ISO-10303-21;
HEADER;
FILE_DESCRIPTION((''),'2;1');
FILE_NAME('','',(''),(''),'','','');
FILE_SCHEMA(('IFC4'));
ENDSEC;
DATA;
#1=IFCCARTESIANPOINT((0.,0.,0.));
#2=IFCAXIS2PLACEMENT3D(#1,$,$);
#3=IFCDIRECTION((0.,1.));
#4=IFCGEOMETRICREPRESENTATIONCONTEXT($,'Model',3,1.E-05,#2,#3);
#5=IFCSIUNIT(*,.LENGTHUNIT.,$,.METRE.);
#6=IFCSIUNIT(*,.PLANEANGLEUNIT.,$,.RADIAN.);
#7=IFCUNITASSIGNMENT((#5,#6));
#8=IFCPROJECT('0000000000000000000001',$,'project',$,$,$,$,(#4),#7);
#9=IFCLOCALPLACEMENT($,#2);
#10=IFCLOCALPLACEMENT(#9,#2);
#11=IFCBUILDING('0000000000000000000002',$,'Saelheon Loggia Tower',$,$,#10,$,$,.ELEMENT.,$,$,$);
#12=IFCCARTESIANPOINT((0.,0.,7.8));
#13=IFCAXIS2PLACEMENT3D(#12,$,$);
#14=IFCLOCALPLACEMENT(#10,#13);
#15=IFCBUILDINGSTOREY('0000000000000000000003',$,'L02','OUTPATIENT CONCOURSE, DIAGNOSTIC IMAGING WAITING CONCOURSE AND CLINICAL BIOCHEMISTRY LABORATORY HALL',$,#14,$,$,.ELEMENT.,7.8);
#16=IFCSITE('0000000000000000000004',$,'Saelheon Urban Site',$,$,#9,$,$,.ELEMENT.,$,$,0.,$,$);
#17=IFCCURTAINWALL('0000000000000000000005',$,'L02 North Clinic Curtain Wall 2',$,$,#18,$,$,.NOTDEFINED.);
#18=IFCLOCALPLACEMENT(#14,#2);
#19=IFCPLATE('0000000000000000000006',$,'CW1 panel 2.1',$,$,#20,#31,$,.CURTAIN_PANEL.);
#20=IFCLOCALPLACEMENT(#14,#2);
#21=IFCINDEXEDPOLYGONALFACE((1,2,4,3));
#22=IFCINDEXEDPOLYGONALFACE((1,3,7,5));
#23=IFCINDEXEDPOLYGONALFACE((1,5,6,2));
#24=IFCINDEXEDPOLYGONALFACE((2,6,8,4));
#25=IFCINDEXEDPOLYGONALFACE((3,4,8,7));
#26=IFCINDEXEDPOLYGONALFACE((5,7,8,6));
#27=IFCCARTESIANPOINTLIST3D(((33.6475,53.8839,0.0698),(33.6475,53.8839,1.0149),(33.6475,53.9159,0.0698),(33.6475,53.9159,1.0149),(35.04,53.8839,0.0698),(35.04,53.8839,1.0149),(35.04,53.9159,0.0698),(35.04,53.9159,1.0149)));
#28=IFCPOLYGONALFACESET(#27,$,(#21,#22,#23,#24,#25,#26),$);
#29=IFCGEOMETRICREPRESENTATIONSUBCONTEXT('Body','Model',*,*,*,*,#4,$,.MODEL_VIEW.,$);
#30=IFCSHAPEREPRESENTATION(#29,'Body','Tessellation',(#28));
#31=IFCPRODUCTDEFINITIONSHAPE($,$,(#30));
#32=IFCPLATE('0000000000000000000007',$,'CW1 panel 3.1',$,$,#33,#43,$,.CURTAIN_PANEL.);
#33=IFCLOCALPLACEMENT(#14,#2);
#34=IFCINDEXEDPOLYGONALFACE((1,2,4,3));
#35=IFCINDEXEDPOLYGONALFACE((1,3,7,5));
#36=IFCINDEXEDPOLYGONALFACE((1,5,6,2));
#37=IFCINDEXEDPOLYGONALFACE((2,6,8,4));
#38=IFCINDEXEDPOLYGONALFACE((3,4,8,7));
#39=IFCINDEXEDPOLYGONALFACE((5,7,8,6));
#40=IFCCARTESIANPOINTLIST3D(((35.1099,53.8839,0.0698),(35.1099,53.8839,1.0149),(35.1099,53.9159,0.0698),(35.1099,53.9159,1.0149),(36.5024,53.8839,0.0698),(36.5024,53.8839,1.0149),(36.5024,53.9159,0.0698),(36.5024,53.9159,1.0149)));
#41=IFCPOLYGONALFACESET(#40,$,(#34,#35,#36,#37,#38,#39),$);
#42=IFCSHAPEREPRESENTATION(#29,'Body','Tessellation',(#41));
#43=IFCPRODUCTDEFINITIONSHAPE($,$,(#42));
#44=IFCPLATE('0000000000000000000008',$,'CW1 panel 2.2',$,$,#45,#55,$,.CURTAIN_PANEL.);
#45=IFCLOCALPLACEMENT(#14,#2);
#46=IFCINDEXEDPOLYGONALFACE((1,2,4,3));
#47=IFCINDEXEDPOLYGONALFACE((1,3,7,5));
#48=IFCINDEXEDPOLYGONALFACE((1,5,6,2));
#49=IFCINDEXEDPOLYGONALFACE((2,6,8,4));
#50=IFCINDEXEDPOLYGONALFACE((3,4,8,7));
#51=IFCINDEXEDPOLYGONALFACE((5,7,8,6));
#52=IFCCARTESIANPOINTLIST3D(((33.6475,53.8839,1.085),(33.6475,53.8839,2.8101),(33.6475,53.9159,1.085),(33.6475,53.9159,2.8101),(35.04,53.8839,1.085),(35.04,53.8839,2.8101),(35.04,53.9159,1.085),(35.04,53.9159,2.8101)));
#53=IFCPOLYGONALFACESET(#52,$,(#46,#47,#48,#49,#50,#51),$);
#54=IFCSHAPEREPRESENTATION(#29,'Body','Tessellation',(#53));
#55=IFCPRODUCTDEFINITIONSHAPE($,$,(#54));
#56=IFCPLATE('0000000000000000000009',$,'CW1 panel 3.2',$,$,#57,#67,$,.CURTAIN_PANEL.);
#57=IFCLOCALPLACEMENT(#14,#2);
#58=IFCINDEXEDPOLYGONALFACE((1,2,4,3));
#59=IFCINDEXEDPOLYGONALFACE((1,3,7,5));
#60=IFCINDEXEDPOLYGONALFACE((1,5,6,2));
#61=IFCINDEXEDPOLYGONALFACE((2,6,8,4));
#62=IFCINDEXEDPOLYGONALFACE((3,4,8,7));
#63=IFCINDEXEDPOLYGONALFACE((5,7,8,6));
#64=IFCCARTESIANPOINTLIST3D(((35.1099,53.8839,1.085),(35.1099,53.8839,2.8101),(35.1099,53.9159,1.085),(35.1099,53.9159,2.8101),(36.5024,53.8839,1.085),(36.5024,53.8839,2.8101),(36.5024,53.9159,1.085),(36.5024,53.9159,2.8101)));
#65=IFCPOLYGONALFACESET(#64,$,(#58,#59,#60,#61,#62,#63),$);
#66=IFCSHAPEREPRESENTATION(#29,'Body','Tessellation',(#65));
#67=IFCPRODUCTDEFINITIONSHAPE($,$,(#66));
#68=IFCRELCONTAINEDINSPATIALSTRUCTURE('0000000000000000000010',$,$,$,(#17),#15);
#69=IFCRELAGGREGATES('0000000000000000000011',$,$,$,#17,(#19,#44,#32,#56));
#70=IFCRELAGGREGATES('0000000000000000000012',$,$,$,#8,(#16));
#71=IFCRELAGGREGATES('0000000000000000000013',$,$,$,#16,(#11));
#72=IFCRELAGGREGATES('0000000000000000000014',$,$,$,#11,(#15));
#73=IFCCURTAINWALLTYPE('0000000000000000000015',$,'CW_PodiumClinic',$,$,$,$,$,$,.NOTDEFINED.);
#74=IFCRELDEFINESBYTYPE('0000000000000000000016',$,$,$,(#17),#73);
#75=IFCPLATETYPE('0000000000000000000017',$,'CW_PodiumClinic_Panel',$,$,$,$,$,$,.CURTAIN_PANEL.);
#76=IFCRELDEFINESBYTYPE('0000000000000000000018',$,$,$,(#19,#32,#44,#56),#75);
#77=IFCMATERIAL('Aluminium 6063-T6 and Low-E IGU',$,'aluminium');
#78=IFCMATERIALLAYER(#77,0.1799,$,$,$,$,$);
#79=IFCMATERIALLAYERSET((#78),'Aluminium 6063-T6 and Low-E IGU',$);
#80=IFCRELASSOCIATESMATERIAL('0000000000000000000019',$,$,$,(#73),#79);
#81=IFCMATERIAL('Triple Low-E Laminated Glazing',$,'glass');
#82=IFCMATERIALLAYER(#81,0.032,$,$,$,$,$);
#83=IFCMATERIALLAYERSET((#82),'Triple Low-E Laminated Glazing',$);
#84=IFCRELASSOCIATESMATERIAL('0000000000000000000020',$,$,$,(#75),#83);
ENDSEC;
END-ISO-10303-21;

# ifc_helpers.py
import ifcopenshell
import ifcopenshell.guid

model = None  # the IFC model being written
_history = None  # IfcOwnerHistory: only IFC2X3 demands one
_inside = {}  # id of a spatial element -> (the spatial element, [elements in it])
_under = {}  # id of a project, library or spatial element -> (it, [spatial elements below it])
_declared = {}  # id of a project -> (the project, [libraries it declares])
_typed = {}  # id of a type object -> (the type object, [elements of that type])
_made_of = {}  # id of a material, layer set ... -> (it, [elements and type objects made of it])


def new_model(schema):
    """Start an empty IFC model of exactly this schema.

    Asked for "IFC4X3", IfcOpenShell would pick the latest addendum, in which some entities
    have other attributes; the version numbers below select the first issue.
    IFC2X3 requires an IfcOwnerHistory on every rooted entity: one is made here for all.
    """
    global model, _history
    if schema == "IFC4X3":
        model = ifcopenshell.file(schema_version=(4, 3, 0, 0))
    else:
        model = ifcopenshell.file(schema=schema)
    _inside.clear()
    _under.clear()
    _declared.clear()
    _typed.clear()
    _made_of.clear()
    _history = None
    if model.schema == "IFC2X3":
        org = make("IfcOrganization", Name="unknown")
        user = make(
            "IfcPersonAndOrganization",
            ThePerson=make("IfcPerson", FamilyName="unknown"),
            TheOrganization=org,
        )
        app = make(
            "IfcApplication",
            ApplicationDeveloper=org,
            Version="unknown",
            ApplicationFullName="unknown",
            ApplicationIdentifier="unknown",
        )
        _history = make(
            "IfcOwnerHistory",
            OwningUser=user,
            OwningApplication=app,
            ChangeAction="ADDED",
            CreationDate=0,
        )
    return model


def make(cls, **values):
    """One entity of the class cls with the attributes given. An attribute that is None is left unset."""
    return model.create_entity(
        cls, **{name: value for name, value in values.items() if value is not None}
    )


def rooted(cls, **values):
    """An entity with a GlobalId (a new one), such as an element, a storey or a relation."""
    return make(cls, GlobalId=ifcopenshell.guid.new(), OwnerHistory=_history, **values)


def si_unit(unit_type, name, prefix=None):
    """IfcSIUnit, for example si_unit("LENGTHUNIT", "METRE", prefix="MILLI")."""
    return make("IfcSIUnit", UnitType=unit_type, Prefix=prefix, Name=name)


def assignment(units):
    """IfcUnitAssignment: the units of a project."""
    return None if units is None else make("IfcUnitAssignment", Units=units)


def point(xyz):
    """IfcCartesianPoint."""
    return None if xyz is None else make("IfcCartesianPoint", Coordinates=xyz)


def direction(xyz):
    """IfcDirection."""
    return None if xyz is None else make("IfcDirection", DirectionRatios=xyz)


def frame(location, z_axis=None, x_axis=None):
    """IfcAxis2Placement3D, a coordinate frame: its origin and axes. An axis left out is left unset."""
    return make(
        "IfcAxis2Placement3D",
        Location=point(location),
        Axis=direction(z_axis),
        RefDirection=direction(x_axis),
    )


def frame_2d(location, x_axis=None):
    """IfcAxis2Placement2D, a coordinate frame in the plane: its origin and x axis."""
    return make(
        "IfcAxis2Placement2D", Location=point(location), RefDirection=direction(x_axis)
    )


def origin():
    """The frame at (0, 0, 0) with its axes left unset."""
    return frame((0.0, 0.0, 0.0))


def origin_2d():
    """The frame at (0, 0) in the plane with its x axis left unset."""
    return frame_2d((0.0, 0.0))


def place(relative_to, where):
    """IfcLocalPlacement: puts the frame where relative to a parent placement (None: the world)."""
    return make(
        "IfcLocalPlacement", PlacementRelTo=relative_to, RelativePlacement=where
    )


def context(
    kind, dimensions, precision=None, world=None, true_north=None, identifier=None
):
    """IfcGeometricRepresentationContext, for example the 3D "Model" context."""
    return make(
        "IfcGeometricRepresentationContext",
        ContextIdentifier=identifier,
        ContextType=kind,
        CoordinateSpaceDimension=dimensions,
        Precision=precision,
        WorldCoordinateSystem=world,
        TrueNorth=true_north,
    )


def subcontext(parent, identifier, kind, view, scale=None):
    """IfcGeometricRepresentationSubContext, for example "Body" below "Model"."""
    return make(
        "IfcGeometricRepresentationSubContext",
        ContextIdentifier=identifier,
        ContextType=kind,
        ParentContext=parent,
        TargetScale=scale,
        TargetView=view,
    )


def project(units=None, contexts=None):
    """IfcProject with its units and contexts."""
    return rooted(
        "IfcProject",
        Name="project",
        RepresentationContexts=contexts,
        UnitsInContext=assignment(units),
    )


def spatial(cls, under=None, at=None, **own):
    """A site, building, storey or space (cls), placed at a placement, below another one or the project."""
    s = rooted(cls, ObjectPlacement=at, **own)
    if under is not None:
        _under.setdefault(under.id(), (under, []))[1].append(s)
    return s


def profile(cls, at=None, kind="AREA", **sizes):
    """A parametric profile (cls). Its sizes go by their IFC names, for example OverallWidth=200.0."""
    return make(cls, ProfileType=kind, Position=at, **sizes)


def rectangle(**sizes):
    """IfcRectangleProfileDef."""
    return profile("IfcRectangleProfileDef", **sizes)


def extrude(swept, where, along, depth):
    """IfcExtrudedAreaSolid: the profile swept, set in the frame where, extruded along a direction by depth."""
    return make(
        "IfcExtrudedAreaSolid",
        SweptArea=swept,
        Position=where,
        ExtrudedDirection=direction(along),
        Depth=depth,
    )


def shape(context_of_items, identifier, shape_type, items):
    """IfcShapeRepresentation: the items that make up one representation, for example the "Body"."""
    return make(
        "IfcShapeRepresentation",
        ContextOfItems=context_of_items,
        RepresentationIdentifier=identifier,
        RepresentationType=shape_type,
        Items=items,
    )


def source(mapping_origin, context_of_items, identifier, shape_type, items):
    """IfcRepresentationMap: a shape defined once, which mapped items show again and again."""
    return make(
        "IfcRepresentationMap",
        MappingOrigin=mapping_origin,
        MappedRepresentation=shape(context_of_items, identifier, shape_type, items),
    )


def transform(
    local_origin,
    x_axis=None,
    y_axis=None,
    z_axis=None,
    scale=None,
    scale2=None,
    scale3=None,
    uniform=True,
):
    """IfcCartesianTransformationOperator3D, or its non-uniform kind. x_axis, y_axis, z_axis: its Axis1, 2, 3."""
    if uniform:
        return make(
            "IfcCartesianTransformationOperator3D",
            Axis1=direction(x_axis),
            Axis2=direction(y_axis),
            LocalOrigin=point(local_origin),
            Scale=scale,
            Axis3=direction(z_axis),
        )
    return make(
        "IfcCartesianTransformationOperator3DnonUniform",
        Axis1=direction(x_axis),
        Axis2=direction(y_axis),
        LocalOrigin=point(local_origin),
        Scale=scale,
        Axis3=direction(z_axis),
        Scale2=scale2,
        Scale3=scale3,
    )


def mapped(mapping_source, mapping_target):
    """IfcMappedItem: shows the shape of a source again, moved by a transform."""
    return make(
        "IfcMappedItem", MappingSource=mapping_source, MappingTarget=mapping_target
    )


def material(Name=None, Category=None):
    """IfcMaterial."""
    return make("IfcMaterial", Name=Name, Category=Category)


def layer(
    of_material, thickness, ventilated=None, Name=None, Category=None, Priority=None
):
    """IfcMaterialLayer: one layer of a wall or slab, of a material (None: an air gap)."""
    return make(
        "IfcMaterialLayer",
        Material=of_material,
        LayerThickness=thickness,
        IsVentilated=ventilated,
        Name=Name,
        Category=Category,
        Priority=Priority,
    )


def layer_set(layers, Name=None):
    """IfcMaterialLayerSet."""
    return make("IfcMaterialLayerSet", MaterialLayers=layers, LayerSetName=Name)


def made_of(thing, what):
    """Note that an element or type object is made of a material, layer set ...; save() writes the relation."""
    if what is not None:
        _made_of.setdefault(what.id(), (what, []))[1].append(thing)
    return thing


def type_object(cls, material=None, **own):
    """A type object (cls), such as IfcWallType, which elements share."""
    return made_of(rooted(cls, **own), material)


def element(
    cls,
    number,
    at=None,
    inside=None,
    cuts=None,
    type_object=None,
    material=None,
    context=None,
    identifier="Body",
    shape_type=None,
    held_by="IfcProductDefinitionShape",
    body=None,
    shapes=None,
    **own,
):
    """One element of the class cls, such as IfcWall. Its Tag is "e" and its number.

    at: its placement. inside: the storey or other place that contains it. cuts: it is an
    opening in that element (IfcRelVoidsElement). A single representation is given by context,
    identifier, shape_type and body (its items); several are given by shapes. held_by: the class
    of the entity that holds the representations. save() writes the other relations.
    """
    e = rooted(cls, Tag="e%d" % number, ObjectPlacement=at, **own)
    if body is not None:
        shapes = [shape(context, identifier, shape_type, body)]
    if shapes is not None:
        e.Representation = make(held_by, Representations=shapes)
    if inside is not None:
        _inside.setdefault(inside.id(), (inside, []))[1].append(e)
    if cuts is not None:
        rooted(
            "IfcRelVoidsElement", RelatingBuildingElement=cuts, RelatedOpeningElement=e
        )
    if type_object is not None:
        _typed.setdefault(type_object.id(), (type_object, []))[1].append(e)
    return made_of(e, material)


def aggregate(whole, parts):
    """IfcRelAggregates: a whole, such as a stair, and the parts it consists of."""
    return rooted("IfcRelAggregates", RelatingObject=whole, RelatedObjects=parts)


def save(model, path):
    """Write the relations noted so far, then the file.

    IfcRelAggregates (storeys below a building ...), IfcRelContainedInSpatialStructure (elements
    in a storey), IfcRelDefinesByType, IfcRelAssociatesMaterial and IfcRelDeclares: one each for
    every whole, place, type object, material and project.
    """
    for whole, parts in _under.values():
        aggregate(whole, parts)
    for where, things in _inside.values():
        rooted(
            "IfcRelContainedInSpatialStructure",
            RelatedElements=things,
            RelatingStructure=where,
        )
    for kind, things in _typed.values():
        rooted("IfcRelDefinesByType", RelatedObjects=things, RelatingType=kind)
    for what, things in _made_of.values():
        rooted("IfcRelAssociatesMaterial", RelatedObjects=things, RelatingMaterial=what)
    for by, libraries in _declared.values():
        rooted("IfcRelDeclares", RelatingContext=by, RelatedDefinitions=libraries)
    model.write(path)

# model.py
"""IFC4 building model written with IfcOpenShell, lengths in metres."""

from ifc_helpers import new_model, si_unit, direction, frame, origin, origin_2d, place, context, subcontext, project, spatial, rectangle, extrude, source, transform, mapped, material, layer, layer_set, type_object, element, aggregate, save


model = new_model("IFC4")

# Units and contexts
model_context = context("Model", 3, precision=1e-05, world=origin(), true_north=direction((0.0, 1.0)))
body_context = subcontext(model_context, "Body", "Model", "MODEL_VIEW")
ifc_project = project(units=[si_unit("LENGTHUNIT", "METRE"), si_unit("PLANEANGLEUNIT", "RADIAN")], contexts=[model_context])

# Site, building, storey
site_placement = place(None, origin())
site = spatial("IfcSite", under=ifc_project, at=site_placement, Name="Saelheon Urban Site", CompositionType="ELEMENT", RefElevation=0.0)
building_placement = place(site_placement, origin())
building = spatial("IfcBuilding", under=site, at=building_placement, Name="Saelheon Loggia Tower", CompositionType="ELEMENT")
storey_placement = place(building_placement, frame((0.0, 0.0, 7.8)))
storey = spatial("IfcBuildingStorey", under=building, at=storey_placement, Name="L02", Description="OUTPATIENT CONCOURSE, DIAGNOSTIC IMAGING WAITING CONCOURSE AND CLINICAL BIOCHEMISTRY LABORATORY HALL", CompositionType="ELEMENT", Elevation=7.8)

# Curtain wall
ifc_material_1 = material(Name="Aluminium 6063-T6 and Low-E IGU", Category="aluminium")
ifc_layer_1 = layer(ifc_material_1, 0.1799)
ifc_layer_set_1 = layer_set([ifc_layer_1], Name="Aluminium 6063-T6 and Low-E IGU")
curtain_wall_type = type_object("IfcCurtainWallType", Name="CW_PodiumClinic", PredefinedType="NOTDEFINED", material=ifc_layer_set_1)
curtain_wall_1_placement = place(storey_placement, origin())
curtain_wall_1 = element("IfcCurtainWall", 1, at=curtain_wall_1_placement, inside=storey, type_object=curtain_wall_type, Name="L02 North Clinic Curtain Wall 2", PredefinedType="NOTDEFINED")

# Plates
ifc_material_2 = material(Name="Triple Low-E Laminated Glazing", Category="glass")
ifc_layer_2 = layer(ifc_material_2, 0.032)
ifc_layer_set_2 = layer_set([ifc_layer_2], Name="Triple Low-E Laminated Glazing")
plate_type = type_object("IfcPlateType", Name="CW_PodiumClinic_Panel", PredefinedType="CURTAIN_PANEL", material=ifc_layer_set_2)
shared_shape_1 = source(origin(), body_context, "Body", "SweptSolid", [
    extrude(rectangle(XDim=1.3926, YDim=0.032, at=origin_2d()), origin(), (0.0, 0.0, 1.0), 0.9451),
])
plate_1_placement = place(storey_placement, frame((34.3438, 53.8999, 0.0698), z_axis=(0.0, 0.0, 1.0), x_axis=(1.0, 0.0, 0.0)))
plate_1 = element("IfcPlate", 2, at=plate_1_placement, type_object=plate_type, Name="CW1 panel 2.1", PredefinedType="CURTAIN_PANEL", context=body_context, shape_type="MappedRepresentation", body=[
    mapped(shared_shape_1, transform((0.0, 0.0, 0.0), scale=1.0)),
])
plate_2_placement = place(storey_placement, frame((35.8062, 53.8999, 0.0698), z_axis=(0.0, 0.0, 1.0), x_axis=(1.0, 0.0, 0.0)))
plate_2 = element("IfcPlate", 3, at=plate_2_placement, type_object=plate_type, Name="CW1 panel 3.1", PredefinedType="CURTAIN_PANEL", context=body_context, shape_type="MappedRepresentation", body=[
    mapped(shared_shape_1, transform((0.0, 0.0, 0.0), scale=1.0)),
])
shared_shape_2 = source(origin(), body_context, "Body", "SweptSolid", [
    extrude(rectangle(XDim=1.3926, YDim=0.032, at=origin_2d()), origin(), (0.0, 0.0, 1.0), 1.7251),
])
plate_3_placement = place(storey_placement, frame((34.3438, 53.8999, 1.085), z_axis=(0.0, 0.0, 1.0), x_axis=(1.0, 0.0, 0.0)))
plate_3 = element("IfcPlate", 4, at=plate_3_placement, type_object=plate_type, Name="CW1 panel 2.2", PredefinedType="CURTAIN_PANEL", context=body_context, shape_type="MappedRepresentation", body=[
    mapped(shared_shape_2, transform((0.0, 0.0, 0.0), scale=1.0)),
])
plate_4_placement = place(storey_placement, frame((35.8062, 53.8999, 1.085), z_axis=(0.0, 0.0, 1.0), x_axis=(1.0, 0.0, 0.0)))
plate_4 = element("IfcPlate", 5, at=plate_4_placement, type_object=plate_type, Name="CW1 panel 3.2", PredefinedType="CURTAIN_PANEL", context=body_context, shape_type="MappedRepresentation", body=[
    mapped(shared_shape_2, transform((0.0, 0.0, 0.0), scale=1.0)),
])
aggregate(curtain_wall_1, [plate_1, plate_3, plate_2, plate_4])

save(model, "model.ifc")
